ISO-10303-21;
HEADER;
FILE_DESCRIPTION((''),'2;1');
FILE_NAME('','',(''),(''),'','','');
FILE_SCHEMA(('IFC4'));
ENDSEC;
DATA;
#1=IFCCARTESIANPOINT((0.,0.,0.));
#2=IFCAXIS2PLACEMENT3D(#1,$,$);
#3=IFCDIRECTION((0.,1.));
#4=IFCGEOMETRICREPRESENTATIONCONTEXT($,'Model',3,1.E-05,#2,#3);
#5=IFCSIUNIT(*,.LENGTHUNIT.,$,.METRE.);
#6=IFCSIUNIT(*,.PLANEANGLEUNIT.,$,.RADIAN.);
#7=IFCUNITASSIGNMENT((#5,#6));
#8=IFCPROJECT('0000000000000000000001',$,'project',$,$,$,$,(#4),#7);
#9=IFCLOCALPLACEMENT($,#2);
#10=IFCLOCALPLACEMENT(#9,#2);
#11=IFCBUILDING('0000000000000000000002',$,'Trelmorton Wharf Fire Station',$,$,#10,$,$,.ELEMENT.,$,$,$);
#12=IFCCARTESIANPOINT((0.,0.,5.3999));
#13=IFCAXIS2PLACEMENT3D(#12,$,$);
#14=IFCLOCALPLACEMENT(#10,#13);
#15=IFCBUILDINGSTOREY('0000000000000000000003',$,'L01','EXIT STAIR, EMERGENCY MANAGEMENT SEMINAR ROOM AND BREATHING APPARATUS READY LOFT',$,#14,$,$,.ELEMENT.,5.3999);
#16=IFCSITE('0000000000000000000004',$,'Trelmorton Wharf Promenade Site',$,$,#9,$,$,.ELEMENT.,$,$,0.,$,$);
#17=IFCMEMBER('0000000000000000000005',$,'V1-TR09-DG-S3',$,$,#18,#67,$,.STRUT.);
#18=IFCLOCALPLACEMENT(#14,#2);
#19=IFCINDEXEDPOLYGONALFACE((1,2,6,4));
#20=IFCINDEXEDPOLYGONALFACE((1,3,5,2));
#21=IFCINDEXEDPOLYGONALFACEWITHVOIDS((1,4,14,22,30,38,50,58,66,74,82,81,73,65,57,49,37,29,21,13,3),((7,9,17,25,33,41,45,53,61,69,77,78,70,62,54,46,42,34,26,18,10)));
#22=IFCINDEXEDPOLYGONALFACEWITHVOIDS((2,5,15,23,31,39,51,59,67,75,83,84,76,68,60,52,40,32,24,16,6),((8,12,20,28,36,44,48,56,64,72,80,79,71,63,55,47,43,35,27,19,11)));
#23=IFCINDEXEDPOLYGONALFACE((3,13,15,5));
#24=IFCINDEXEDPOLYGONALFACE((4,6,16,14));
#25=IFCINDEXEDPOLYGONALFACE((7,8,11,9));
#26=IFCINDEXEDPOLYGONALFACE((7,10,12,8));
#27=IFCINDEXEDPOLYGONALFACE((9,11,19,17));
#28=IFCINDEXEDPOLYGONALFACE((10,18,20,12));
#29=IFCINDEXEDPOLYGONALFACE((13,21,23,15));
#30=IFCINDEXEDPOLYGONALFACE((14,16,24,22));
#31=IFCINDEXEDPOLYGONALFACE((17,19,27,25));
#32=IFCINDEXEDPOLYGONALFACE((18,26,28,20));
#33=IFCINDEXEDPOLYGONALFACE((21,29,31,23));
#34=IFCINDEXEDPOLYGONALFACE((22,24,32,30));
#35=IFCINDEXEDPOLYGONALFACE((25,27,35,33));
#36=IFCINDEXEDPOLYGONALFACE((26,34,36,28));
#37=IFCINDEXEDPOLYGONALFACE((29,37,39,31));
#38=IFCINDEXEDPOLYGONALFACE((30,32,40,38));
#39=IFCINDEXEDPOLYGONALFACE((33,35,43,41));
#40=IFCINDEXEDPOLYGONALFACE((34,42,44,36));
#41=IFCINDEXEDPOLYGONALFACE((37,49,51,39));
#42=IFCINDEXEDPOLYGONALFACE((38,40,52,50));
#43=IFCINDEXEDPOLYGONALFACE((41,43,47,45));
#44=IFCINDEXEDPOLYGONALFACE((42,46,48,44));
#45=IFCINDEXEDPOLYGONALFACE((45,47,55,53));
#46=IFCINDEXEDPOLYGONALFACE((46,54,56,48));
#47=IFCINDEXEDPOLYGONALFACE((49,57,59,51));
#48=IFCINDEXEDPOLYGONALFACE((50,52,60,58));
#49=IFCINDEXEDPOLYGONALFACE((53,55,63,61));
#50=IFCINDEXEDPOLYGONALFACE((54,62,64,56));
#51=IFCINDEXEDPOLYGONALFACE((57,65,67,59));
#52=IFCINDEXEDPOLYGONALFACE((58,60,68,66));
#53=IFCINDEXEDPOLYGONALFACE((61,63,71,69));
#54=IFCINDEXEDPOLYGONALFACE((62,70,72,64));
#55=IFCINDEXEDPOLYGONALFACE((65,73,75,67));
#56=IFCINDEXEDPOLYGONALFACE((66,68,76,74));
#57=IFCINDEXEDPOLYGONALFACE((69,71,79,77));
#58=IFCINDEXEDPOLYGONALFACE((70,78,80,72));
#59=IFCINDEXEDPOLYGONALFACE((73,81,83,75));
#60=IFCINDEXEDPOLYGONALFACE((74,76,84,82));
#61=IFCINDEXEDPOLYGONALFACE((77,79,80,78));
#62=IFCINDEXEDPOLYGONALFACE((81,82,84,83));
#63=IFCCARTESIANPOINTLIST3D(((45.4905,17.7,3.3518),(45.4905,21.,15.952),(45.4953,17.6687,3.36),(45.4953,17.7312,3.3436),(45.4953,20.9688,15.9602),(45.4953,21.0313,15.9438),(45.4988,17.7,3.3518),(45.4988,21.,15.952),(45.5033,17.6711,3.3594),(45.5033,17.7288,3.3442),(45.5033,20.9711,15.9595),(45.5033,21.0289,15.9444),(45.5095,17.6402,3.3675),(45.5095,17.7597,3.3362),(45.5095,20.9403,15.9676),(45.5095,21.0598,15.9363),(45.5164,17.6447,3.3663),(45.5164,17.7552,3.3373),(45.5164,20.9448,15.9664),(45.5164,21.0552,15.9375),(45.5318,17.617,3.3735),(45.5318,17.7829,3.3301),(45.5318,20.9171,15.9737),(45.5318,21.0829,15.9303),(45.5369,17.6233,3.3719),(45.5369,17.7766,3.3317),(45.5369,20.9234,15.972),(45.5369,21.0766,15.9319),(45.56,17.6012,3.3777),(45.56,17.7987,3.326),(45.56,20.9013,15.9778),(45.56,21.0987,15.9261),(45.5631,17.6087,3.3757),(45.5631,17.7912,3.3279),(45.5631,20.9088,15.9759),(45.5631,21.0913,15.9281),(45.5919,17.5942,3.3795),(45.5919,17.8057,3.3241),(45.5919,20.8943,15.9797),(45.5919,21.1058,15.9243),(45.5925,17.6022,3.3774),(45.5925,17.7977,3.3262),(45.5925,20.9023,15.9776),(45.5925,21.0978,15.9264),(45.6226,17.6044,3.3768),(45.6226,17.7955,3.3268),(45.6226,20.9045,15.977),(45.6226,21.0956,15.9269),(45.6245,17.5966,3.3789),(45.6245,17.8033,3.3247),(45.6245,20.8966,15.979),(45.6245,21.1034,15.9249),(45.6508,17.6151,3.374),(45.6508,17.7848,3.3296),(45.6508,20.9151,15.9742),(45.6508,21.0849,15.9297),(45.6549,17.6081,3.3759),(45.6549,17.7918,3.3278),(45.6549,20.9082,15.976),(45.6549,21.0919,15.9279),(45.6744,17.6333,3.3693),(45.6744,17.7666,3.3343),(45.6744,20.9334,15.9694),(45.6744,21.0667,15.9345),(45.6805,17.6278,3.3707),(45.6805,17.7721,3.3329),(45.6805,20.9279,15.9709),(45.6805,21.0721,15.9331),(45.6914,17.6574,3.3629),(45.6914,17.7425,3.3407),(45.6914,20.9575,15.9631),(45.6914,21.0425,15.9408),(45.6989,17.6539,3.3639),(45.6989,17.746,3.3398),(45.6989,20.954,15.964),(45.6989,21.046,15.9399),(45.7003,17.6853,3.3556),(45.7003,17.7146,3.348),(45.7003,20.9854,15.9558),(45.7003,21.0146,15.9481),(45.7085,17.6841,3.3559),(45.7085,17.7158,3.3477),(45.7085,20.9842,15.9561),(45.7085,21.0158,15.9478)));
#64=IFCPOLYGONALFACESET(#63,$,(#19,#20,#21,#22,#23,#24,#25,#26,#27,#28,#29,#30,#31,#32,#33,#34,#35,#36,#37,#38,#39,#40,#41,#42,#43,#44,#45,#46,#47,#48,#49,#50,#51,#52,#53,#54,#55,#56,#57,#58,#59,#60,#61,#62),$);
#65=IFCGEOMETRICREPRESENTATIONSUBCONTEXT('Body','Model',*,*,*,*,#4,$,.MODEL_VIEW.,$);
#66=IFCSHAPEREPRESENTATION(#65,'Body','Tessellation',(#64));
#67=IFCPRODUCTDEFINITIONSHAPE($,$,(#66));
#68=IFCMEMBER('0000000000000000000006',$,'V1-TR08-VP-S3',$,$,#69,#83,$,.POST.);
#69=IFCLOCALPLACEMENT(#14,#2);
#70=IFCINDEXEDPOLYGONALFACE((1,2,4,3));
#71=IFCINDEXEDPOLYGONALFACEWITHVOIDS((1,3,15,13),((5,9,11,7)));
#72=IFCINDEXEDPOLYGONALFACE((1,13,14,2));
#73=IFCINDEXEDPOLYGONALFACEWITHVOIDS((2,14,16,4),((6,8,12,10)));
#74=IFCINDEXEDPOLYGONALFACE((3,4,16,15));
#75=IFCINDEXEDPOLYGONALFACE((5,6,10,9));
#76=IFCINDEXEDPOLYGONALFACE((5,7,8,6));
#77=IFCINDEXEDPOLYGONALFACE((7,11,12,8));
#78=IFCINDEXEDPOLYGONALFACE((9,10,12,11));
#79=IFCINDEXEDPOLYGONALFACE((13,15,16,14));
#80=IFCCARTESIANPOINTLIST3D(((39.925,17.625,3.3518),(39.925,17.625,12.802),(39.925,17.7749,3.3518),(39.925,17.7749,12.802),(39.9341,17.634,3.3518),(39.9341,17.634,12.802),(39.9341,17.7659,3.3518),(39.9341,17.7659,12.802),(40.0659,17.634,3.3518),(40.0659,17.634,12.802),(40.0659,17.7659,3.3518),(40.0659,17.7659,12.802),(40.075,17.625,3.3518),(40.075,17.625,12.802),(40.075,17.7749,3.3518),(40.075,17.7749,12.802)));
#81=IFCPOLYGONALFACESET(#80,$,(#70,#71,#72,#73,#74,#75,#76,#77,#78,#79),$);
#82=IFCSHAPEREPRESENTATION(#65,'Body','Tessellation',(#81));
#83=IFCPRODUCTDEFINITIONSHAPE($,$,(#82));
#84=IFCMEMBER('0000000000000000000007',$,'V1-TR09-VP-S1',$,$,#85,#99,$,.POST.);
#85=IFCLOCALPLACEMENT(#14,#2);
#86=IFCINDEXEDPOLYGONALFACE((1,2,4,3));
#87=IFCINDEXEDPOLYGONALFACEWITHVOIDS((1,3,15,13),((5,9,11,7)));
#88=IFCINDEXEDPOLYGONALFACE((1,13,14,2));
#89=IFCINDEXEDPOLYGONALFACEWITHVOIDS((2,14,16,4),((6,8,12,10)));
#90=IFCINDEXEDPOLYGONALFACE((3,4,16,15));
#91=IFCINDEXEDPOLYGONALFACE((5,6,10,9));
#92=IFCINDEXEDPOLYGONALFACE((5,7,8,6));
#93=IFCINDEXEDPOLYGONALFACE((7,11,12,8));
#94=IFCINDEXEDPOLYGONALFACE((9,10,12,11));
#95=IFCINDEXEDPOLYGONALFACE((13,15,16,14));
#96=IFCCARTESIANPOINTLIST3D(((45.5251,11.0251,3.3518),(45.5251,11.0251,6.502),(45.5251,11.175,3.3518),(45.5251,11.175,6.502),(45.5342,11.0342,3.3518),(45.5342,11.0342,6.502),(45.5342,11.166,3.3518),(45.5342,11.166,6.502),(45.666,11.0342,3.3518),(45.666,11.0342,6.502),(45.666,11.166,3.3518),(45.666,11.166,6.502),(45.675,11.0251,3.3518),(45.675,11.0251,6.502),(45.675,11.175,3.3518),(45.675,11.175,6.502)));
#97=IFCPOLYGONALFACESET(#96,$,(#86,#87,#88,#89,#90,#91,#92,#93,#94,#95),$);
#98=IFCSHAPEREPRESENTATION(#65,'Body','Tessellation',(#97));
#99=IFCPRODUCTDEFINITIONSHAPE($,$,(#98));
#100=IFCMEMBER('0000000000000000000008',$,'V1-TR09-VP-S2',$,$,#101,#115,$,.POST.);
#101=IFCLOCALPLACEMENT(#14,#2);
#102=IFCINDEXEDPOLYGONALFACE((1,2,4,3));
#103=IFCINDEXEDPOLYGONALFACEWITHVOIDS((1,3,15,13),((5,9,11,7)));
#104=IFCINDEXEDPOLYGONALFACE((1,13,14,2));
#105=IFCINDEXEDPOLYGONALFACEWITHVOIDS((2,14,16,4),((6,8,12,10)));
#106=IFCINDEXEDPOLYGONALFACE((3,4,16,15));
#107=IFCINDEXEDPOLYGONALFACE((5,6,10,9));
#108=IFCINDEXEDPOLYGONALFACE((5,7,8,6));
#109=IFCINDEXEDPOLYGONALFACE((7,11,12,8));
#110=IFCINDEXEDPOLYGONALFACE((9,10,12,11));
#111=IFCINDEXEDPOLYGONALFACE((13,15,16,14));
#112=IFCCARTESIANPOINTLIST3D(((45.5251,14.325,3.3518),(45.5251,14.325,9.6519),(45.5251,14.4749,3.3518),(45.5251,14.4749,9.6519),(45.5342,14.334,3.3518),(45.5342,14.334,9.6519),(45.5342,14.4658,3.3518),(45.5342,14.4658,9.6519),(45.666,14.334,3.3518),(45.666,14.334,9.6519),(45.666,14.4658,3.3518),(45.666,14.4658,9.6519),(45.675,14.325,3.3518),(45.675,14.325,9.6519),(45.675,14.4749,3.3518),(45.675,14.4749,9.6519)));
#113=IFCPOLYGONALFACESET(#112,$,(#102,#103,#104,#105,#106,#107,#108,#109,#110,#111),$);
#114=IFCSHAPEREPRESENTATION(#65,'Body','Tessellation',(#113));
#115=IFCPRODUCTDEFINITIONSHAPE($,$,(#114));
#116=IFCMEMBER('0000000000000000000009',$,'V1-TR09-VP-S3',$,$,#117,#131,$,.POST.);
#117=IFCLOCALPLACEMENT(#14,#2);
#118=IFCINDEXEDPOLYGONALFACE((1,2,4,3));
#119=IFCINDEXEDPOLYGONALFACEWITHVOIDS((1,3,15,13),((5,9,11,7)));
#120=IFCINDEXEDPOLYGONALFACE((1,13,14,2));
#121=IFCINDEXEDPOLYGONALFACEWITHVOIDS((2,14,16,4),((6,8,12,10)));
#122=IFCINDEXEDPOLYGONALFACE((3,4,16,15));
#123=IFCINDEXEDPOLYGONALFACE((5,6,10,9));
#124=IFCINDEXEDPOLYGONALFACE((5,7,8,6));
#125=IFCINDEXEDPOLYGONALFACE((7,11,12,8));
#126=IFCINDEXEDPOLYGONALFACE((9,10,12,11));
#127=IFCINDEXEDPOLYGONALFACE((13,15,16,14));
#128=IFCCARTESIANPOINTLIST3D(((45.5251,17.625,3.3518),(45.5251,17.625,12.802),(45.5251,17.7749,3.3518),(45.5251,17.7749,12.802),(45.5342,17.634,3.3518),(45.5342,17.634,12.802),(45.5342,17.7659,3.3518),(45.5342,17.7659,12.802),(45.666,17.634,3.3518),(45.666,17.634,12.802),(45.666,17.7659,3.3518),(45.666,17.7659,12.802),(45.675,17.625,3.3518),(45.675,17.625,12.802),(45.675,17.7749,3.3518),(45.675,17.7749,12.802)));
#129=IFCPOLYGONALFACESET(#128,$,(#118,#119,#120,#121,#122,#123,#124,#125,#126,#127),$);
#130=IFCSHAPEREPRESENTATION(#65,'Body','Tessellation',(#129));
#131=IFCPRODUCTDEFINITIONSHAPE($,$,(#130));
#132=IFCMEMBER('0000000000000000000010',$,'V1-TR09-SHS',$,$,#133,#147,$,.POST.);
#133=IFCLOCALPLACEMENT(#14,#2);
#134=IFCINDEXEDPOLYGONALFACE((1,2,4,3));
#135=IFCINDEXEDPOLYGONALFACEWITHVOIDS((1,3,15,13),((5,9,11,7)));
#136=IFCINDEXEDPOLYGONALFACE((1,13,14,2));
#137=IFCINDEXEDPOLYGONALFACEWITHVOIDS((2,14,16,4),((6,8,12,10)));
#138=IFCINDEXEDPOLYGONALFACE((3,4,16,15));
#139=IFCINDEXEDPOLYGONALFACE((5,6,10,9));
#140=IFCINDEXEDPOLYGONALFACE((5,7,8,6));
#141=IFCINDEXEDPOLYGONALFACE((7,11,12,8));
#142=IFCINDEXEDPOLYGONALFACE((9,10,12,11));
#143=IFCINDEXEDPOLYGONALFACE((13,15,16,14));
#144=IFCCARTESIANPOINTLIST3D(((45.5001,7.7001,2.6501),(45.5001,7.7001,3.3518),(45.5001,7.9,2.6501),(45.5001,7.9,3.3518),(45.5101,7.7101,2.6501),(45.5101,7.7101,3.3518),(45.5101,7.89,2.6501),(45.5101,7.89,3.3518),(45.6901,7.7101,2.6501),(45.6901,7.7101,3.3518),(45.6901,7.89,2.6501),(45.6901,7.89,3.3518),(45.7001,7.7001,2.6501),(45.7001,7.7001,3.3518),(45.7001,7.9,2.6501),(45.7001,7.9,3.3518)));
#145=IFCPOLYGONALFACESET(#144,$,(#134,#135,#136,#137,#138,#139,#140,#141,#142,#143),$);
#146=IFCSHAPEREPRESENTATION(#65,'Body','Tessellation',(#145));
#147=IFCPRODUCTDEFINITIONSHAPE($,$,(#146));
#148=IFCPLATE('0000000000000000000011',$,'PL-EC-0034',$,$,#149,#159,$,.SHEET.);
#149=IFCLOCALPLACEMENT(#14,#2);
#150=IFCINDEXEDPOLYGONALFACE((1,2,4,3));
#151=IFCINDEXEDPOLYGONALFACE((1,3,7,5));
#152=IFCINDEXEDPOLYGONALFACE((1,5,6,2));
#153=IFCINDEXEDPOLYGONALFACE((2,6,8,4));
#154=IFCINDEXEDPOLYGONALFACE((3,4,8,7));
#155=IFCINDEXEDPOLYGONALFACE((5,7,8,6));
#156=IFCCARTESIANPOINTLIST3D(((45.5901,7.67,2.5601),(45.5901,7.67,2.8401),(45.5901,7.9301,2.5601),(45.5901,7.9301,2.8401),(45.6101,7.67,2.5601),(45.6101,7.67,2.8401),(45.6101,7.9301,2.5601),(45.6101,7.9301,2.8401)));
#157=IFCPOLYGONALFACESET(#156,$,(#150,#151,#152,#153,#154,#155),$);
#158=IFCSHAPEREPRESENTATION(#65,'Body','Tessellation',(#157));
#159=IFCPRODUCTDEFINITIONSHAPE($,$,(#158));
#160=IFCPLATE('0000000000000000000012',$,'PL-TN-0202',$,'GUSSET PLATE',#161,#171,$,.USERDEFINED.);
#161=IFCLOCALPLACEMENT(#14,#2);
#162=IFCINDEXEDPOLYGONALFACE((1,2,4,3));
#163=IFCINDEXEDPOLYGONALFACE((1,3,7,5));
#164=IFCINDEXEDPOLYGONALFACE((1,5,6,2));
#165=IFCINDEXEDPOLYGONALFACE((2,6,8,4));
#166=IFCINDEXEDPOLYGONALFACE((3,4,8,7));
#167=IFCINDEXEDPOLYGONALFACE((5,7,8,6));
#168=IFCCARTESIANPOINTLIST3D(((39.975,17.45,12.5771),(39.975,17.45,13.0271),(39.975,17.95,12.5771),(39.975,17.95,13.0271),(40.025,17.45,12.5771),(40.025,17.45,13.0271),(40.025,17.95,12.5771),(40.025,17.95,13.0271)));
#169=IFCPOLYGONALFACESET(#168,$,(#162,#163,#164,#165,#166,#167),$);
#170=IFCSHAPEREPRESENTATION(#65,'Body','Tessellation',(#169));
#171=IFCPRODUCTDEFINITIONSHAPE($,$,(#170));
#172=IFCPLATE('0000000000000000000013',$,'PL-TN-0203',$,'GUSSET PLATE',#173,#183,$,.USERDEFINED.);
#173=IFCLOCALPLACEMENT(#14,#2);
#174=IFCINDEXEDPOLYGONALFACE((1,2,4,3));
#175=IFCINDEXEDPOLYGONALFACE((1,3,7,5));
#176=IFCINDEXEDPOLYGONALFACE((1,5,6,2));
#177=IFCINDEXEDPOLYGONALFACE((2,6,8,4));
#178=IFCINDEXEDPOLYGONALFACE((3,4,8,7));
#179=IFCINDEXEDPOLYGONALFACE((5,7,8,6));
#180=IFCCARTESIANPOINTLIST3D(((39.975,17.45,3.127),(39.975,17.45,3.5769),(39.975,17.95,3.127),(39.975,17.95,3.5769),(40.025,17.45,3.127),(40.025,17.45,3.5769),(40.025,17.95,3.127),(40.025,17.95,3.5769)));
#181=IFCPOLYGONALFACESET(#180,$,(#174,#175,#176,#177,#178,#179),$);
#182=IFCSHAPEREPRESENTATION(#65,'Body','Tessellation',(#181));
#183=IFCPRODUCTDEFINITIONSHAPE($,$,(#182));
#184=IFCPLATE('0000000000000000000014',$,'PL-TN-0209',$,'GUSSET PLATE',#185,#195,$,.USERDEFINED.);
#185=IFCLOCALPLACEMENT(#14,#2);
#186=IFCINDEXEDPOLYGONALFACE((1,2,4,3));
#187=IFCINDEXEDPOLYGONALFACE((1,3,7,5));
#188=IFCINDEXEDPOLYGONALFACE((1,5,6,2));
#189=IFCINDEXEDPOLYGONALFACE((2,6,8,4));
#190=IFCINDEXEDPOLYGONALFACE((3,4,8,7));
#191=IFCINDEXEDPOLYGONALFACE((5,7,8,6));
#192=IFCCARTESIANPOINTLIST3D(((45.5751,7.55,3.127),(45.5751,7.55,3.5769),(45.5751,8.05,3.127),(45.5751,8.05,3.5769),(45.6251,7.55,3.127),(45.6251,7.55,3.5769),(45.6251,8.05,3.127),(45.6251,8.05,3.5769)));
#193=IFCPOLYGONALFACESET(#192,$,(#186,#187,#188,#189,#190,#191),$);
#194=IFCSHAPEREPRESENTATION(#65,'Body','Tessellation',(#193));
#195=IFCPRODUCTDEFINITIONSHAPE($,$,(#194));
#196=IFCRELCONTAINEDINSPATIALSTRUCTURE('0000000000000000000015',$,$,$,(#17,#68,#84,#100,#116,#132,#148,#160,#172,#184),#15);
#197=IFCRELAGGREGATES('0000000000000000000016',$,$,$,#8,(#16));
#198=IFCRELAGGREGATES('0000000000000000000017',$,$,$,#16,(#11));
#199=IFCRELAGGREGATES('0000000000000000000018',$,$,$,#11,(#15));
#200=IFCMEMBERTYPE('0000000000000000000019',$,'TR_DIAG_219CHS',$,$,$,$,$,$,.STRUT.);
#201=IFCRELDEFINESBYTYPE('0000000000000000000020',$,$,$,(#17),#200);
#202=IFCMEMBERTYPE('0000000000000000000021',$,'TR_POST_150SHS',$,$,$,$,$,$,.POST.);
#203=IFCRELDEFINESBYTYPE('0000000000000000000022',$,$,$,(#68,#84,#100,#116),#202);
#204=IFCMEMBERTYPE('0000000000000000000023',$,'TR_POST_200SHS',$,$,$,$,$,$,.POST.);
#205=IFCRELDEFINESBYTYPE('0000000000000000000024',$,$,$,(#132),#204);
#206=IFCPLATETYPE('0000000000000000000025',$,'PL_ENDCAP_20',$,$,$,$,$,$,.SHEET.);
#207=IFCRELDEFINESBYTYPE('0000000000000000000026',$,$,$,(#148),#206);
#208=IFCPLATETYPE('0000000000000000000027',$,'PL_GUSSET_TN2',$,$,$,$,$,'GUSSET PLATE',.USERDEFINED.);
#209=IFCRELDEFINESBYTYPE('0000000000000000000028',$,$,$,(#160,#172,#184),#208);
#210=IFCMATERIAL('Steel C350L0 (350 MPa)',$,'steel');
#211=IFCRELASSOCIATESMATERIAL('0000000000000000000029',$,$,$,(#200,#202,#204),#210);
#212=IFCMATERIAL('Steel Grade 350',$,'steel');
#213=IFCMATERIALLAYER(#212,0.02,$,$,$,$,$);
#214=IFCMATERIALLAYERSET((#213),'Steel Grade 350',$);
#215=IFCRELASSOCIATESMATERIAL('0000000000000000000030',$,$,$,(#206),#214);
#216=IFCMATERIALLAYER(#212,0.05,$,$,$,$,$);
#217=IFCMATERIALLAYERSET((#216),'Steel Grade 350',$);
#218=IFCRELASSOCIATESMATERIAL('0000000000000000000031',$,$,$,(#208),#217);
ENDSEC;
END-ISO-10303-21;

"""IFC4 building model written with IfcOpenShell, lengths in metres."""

from ifc_helpers import new_model, si_unit, direction, frame, origin, origin_2d, place, context, subcontext, project, spatial, rectangle, hollow_rectangle, hollow_circle, extrude, material, layer, layer_set, material_profile, profile_set, type_object, element, save


model = new_model("IFC4")

# Units and contexts
model_context = context("Model", 3, precision=1e-05, world=origin(), true_north=direction((0.0, 1.0)))
body_context = subcontext(model_context, "Body", "Model", "MODEL_VIEW")
ifc_project = project(units=[si_unit("LENGTHUNIT", "METRE"), si_unit("PLANEANGLEUNIT", "RADIAN")], contexts=[model_context])

# Site, building, storey
site_placement = place(None, origin())
site = spatial("IfcSite", under=ifc_project, at=site_placement, Name="Trelmorton Wharf Promenade Site", CompositionType="ELEMENT", RefElevation=0.0)
building_placement = place(site_placement, origin())
building = spatial("IfcBuilding", under=site, at=building_placement, Name="Trelmorton Wharf Fire Station", CompositionType="ELEMENT")
storey_placement = place(building_placement, frame((0.0, 0.0, 5.3999)))
storey = spatial("IfcBuildingStorey", under=building, at=storey_placement, Name="L01", Description="EXIT STAIR, EMERGENCY MANAGEMENT SEMINAR ROOM AND BREATHING APPARATUS READY LOFT", CompositionType="ELEMENT", Elevation=5.3999)

# Shared definitions
ifc_material_1 = material(Name="Steel Grade 350", Category="steel")

# Members
ifc_material_2 = material(Name="Steel C350L0 (350 MPa)", Category="steel")
ifc_material_profile_1 = material_profile(ifc_material_2, hollow_circle(Radius=0.1096, WallThickness=0.0083, at=origin_2d()), Name="219.1x8.2CHS")
ifc_profile_set_1 = profile_set([ifc_material_profile_1], Name="Steel C350L0 (350 MPa)")
member_type_1 = type_object("IfcMemberType", Name="TR_DIAG_219CHS", PredefinedType="STRUT", material=ifc_profile_set_1)
member_1_placement = place(storey_placement, frame((45.6001, 17.7, 3.3518), z_axis=(0.0, 0.253361, 0.967372), x_axis=(-1.0, 0.0, 0.0)))
element("IfcMember", 1, at=member_1_placement, inside=storey, type_object=member_type_1, Name="V1-TR09-DG-S3", PredefinedType="STRUT", context=body_context, shape_type="SweptSolid", body=[
    extrude(hollow_circle(Radius=0.1096, WallThickness=0.0083, at=origin_2d()), origin(), (0.0, 0.0, 1.0), 13.0251),
])
ifc_material_profile_2 = material_profile(ifc_material_2, hollow_rectangle(XDim=0.1499, YDim=0.1499, WallThickness=0.009, at=origin_2d()), Name="150x150x9.0SHS")
ifc_profile_set_2 = profile_set([ifc_material_profile_2], Name="Steel C350L0 (350 MPa)")
member_type_2 = type_object("IfcMemberType", Name="TR_POST_150SHS", PredefinedType="POST", material=ifc_profile_set_2)
member_2_placement = place(storey_placement, frame((40.0, 17.7, 3.3518), z_axis=(0.0, 0.0, 1.0), x_axis=(1.0, 0.0, 0.0)))
element("IfcMember", 2, at=member_2_placement, inside=storey, type_object=member_type_2, Name="V1-TR08-VP-S3", PredefinedType="POST", context=body_context, shape_type="SweptSolid", body=[
    extrude(hollow_rectangle(XDim=0.1499, YDim=0.1499, WallThickness=0.009, at=origin_2d()), origin(), (0.0, 0.0, 1.0), 9.4502),
])
member_3_placement = place(storey_placement, frame((45.6001, 11.1001, 3.3518), z_axis=(0.0, 0.0, 1.0), x_axis=(1.0, 0.0, 0.0)))
element("IfcMember", 3, at=member_3_placement, inside=storey, type_object=member_type_2, Name="V1-TR09-VP-S1", PredefinedType="POST", context=body_context, shape_type="SweptSolid", body=[
    extrude(hollow_rectangle(XDim=0.1499, YDim=0.1499, WallThickness=0.009, at=origin_2d()), origin(), (0.0, 0.0, 1.0), 3.1501),
])
member_4_placement = place(storey_placement, frame((45.6001, 14.3999, 3.3518), z_axis=(0.0, 0.0, 1.0), x_axis=(1.0, 0.0, 0.0)))
element("IfcMember", 4, at=member_4_placement, inside=storey, type_object=member_type_2, Name="V1-TR09-VP-S2", PredefinedType="POST", context=body_context, shape_type="SweptSolid", body=[
    extrude(hollow_rectangle(XDim=0.1499, YDim=0.1499, WallThickness=0.009, at=origin_2d()), origin(), (0.0, 0.0, 1.0), 6.3),
])
member_5_placement = place(storey_placement, frame((45.6001, 17.7, 3.3518), z_axis=(0.0, 0.0, 1.0), x_axis=(1.0, 0.0, 0.0)))
element("IfcMember", 5, at=member_5_placement, inside=storey, type_object=member_type_2, Name="V1-TR09-VP-S3", PredefinedType="POST", context=body_context, shape_type="SweptSolid", body=[
    extrude(hollow_rectangle(XDim=0.1499, YDim=0.1499, WallThickness=0.009, at=origin_2d()), origin(), (0.0, 0.0, 1.0), 9.4502),
])
ifc_material_profile_3 = material_profile(ifc_material_2, hollow_rectangle(XDim=0.2, YDim=0.2, WallThickness=0.01, at=origin_2d()), Name="200x200x10.0SHS")
ifc_profile_set_3 = profile_set([ifc_material_profile_3], Name="Steel C350L0 (350 MPa)")
member_type_3 = type_object("IfcMemberType", Name="TR_POST_200SHS", PredefinedType="POST", material=ifc_profile_set_3)
member_6_placement = place(storey_placement, frame((45.6001, 7.8, 2.6501), z_axis=(0.0, 0.0, 1.0), x_axis=(1.0, 0.0, 0.0)))
element("IfcMember", 6, at=member_6_placement, inside=storey, type_object=member_type_3, Name="V1-TR09-SHS", PredefinedType="POST", context=body_context, shape_type="SweptSolid", body=[
    extrude(hollow_rectangle(XDim=0.2, YDim=0.2, WallThickness=0.01, at=origin_2d()), origin(), (0.0, 0.0, 1.0), 0.7017),
])

# Plates
ifc_layer_1 = layer(ifc_material_1, 0.02)
ifc_layer_set_1 = layer_set([ifc_layer_1], Name="Steel Grade 350")
plate_type_1 = type_object("IfcPlateType", Name="PL_ENDCAP_20", PredefinedType="SHEET", material=ifc_layer_set_1)
plate_placement = place(storey_placement, frame((45.6001, 7.8, 2.5601), z_axis=(0.0, 0.0, 1.0), x_axis=(1.0, 0.0, 0.0)))
element("IfcPlate", 7, at=plate_placement, inside=storey, type_object=plate_type_1, Name="PL-EC-0034", PredefinedType="SHEET", context=body_context, shape_type="SweptSolid", body=[
    extrude(rectangle(XDim=0.02, YDim=0.26, at=origin_2d()), origin(), (0.0, 0.0, 1.0), 0.28),
])
ifc_layer_2 = layer(ifc_material_1, 0.05)
ifc_layer_set_2 = layer_set([ifc_layer_2], Name="Steel Grade 350")
plate_type_2 = type_object("IfcPlateType", Name="PL_GUSSET_TN2", ElementType="GUSSET PLATE", PredefinedType="USERDEFINED", material=ifc_layer_set_2)
for number, where, z_axis, x_axis, name in (
    (8, (40.0, 17.7, 12.5771), (0.0, 0.0, 1.0), (1.0, 0.0, 0.0), "PL-TN-0202"),
    (9, (40.0, 17.7, 3.127), (0.0, 0.0, 1.0), (1.0, 0.0, 0.0), "PL-TN-0203"),
    (10, (45.6001, 7.8, 3.127), (0.0, 0.0, 1.0), (1.0, 0.0, 0.0), "PL-TN-0209"),
):
    element("IfcPlate", number, at=place(storey_placement, frame(where, z_axis=z_axis, x_axis=x_axis)), inside=storey, type_object=plate_type_2, Name=name, ObjectType="GUSSET PLATE", PredefinedType="USERDEFINED", context=body_context, shape_type="SweptSolid", body=[
        extrude(rectangle(XDim=0.05, YDim=0.5, at=origin_2d()), origin(), (0.0, 0.0, 1.0), 0.45),
    ])

save(model, "model.ifc")
